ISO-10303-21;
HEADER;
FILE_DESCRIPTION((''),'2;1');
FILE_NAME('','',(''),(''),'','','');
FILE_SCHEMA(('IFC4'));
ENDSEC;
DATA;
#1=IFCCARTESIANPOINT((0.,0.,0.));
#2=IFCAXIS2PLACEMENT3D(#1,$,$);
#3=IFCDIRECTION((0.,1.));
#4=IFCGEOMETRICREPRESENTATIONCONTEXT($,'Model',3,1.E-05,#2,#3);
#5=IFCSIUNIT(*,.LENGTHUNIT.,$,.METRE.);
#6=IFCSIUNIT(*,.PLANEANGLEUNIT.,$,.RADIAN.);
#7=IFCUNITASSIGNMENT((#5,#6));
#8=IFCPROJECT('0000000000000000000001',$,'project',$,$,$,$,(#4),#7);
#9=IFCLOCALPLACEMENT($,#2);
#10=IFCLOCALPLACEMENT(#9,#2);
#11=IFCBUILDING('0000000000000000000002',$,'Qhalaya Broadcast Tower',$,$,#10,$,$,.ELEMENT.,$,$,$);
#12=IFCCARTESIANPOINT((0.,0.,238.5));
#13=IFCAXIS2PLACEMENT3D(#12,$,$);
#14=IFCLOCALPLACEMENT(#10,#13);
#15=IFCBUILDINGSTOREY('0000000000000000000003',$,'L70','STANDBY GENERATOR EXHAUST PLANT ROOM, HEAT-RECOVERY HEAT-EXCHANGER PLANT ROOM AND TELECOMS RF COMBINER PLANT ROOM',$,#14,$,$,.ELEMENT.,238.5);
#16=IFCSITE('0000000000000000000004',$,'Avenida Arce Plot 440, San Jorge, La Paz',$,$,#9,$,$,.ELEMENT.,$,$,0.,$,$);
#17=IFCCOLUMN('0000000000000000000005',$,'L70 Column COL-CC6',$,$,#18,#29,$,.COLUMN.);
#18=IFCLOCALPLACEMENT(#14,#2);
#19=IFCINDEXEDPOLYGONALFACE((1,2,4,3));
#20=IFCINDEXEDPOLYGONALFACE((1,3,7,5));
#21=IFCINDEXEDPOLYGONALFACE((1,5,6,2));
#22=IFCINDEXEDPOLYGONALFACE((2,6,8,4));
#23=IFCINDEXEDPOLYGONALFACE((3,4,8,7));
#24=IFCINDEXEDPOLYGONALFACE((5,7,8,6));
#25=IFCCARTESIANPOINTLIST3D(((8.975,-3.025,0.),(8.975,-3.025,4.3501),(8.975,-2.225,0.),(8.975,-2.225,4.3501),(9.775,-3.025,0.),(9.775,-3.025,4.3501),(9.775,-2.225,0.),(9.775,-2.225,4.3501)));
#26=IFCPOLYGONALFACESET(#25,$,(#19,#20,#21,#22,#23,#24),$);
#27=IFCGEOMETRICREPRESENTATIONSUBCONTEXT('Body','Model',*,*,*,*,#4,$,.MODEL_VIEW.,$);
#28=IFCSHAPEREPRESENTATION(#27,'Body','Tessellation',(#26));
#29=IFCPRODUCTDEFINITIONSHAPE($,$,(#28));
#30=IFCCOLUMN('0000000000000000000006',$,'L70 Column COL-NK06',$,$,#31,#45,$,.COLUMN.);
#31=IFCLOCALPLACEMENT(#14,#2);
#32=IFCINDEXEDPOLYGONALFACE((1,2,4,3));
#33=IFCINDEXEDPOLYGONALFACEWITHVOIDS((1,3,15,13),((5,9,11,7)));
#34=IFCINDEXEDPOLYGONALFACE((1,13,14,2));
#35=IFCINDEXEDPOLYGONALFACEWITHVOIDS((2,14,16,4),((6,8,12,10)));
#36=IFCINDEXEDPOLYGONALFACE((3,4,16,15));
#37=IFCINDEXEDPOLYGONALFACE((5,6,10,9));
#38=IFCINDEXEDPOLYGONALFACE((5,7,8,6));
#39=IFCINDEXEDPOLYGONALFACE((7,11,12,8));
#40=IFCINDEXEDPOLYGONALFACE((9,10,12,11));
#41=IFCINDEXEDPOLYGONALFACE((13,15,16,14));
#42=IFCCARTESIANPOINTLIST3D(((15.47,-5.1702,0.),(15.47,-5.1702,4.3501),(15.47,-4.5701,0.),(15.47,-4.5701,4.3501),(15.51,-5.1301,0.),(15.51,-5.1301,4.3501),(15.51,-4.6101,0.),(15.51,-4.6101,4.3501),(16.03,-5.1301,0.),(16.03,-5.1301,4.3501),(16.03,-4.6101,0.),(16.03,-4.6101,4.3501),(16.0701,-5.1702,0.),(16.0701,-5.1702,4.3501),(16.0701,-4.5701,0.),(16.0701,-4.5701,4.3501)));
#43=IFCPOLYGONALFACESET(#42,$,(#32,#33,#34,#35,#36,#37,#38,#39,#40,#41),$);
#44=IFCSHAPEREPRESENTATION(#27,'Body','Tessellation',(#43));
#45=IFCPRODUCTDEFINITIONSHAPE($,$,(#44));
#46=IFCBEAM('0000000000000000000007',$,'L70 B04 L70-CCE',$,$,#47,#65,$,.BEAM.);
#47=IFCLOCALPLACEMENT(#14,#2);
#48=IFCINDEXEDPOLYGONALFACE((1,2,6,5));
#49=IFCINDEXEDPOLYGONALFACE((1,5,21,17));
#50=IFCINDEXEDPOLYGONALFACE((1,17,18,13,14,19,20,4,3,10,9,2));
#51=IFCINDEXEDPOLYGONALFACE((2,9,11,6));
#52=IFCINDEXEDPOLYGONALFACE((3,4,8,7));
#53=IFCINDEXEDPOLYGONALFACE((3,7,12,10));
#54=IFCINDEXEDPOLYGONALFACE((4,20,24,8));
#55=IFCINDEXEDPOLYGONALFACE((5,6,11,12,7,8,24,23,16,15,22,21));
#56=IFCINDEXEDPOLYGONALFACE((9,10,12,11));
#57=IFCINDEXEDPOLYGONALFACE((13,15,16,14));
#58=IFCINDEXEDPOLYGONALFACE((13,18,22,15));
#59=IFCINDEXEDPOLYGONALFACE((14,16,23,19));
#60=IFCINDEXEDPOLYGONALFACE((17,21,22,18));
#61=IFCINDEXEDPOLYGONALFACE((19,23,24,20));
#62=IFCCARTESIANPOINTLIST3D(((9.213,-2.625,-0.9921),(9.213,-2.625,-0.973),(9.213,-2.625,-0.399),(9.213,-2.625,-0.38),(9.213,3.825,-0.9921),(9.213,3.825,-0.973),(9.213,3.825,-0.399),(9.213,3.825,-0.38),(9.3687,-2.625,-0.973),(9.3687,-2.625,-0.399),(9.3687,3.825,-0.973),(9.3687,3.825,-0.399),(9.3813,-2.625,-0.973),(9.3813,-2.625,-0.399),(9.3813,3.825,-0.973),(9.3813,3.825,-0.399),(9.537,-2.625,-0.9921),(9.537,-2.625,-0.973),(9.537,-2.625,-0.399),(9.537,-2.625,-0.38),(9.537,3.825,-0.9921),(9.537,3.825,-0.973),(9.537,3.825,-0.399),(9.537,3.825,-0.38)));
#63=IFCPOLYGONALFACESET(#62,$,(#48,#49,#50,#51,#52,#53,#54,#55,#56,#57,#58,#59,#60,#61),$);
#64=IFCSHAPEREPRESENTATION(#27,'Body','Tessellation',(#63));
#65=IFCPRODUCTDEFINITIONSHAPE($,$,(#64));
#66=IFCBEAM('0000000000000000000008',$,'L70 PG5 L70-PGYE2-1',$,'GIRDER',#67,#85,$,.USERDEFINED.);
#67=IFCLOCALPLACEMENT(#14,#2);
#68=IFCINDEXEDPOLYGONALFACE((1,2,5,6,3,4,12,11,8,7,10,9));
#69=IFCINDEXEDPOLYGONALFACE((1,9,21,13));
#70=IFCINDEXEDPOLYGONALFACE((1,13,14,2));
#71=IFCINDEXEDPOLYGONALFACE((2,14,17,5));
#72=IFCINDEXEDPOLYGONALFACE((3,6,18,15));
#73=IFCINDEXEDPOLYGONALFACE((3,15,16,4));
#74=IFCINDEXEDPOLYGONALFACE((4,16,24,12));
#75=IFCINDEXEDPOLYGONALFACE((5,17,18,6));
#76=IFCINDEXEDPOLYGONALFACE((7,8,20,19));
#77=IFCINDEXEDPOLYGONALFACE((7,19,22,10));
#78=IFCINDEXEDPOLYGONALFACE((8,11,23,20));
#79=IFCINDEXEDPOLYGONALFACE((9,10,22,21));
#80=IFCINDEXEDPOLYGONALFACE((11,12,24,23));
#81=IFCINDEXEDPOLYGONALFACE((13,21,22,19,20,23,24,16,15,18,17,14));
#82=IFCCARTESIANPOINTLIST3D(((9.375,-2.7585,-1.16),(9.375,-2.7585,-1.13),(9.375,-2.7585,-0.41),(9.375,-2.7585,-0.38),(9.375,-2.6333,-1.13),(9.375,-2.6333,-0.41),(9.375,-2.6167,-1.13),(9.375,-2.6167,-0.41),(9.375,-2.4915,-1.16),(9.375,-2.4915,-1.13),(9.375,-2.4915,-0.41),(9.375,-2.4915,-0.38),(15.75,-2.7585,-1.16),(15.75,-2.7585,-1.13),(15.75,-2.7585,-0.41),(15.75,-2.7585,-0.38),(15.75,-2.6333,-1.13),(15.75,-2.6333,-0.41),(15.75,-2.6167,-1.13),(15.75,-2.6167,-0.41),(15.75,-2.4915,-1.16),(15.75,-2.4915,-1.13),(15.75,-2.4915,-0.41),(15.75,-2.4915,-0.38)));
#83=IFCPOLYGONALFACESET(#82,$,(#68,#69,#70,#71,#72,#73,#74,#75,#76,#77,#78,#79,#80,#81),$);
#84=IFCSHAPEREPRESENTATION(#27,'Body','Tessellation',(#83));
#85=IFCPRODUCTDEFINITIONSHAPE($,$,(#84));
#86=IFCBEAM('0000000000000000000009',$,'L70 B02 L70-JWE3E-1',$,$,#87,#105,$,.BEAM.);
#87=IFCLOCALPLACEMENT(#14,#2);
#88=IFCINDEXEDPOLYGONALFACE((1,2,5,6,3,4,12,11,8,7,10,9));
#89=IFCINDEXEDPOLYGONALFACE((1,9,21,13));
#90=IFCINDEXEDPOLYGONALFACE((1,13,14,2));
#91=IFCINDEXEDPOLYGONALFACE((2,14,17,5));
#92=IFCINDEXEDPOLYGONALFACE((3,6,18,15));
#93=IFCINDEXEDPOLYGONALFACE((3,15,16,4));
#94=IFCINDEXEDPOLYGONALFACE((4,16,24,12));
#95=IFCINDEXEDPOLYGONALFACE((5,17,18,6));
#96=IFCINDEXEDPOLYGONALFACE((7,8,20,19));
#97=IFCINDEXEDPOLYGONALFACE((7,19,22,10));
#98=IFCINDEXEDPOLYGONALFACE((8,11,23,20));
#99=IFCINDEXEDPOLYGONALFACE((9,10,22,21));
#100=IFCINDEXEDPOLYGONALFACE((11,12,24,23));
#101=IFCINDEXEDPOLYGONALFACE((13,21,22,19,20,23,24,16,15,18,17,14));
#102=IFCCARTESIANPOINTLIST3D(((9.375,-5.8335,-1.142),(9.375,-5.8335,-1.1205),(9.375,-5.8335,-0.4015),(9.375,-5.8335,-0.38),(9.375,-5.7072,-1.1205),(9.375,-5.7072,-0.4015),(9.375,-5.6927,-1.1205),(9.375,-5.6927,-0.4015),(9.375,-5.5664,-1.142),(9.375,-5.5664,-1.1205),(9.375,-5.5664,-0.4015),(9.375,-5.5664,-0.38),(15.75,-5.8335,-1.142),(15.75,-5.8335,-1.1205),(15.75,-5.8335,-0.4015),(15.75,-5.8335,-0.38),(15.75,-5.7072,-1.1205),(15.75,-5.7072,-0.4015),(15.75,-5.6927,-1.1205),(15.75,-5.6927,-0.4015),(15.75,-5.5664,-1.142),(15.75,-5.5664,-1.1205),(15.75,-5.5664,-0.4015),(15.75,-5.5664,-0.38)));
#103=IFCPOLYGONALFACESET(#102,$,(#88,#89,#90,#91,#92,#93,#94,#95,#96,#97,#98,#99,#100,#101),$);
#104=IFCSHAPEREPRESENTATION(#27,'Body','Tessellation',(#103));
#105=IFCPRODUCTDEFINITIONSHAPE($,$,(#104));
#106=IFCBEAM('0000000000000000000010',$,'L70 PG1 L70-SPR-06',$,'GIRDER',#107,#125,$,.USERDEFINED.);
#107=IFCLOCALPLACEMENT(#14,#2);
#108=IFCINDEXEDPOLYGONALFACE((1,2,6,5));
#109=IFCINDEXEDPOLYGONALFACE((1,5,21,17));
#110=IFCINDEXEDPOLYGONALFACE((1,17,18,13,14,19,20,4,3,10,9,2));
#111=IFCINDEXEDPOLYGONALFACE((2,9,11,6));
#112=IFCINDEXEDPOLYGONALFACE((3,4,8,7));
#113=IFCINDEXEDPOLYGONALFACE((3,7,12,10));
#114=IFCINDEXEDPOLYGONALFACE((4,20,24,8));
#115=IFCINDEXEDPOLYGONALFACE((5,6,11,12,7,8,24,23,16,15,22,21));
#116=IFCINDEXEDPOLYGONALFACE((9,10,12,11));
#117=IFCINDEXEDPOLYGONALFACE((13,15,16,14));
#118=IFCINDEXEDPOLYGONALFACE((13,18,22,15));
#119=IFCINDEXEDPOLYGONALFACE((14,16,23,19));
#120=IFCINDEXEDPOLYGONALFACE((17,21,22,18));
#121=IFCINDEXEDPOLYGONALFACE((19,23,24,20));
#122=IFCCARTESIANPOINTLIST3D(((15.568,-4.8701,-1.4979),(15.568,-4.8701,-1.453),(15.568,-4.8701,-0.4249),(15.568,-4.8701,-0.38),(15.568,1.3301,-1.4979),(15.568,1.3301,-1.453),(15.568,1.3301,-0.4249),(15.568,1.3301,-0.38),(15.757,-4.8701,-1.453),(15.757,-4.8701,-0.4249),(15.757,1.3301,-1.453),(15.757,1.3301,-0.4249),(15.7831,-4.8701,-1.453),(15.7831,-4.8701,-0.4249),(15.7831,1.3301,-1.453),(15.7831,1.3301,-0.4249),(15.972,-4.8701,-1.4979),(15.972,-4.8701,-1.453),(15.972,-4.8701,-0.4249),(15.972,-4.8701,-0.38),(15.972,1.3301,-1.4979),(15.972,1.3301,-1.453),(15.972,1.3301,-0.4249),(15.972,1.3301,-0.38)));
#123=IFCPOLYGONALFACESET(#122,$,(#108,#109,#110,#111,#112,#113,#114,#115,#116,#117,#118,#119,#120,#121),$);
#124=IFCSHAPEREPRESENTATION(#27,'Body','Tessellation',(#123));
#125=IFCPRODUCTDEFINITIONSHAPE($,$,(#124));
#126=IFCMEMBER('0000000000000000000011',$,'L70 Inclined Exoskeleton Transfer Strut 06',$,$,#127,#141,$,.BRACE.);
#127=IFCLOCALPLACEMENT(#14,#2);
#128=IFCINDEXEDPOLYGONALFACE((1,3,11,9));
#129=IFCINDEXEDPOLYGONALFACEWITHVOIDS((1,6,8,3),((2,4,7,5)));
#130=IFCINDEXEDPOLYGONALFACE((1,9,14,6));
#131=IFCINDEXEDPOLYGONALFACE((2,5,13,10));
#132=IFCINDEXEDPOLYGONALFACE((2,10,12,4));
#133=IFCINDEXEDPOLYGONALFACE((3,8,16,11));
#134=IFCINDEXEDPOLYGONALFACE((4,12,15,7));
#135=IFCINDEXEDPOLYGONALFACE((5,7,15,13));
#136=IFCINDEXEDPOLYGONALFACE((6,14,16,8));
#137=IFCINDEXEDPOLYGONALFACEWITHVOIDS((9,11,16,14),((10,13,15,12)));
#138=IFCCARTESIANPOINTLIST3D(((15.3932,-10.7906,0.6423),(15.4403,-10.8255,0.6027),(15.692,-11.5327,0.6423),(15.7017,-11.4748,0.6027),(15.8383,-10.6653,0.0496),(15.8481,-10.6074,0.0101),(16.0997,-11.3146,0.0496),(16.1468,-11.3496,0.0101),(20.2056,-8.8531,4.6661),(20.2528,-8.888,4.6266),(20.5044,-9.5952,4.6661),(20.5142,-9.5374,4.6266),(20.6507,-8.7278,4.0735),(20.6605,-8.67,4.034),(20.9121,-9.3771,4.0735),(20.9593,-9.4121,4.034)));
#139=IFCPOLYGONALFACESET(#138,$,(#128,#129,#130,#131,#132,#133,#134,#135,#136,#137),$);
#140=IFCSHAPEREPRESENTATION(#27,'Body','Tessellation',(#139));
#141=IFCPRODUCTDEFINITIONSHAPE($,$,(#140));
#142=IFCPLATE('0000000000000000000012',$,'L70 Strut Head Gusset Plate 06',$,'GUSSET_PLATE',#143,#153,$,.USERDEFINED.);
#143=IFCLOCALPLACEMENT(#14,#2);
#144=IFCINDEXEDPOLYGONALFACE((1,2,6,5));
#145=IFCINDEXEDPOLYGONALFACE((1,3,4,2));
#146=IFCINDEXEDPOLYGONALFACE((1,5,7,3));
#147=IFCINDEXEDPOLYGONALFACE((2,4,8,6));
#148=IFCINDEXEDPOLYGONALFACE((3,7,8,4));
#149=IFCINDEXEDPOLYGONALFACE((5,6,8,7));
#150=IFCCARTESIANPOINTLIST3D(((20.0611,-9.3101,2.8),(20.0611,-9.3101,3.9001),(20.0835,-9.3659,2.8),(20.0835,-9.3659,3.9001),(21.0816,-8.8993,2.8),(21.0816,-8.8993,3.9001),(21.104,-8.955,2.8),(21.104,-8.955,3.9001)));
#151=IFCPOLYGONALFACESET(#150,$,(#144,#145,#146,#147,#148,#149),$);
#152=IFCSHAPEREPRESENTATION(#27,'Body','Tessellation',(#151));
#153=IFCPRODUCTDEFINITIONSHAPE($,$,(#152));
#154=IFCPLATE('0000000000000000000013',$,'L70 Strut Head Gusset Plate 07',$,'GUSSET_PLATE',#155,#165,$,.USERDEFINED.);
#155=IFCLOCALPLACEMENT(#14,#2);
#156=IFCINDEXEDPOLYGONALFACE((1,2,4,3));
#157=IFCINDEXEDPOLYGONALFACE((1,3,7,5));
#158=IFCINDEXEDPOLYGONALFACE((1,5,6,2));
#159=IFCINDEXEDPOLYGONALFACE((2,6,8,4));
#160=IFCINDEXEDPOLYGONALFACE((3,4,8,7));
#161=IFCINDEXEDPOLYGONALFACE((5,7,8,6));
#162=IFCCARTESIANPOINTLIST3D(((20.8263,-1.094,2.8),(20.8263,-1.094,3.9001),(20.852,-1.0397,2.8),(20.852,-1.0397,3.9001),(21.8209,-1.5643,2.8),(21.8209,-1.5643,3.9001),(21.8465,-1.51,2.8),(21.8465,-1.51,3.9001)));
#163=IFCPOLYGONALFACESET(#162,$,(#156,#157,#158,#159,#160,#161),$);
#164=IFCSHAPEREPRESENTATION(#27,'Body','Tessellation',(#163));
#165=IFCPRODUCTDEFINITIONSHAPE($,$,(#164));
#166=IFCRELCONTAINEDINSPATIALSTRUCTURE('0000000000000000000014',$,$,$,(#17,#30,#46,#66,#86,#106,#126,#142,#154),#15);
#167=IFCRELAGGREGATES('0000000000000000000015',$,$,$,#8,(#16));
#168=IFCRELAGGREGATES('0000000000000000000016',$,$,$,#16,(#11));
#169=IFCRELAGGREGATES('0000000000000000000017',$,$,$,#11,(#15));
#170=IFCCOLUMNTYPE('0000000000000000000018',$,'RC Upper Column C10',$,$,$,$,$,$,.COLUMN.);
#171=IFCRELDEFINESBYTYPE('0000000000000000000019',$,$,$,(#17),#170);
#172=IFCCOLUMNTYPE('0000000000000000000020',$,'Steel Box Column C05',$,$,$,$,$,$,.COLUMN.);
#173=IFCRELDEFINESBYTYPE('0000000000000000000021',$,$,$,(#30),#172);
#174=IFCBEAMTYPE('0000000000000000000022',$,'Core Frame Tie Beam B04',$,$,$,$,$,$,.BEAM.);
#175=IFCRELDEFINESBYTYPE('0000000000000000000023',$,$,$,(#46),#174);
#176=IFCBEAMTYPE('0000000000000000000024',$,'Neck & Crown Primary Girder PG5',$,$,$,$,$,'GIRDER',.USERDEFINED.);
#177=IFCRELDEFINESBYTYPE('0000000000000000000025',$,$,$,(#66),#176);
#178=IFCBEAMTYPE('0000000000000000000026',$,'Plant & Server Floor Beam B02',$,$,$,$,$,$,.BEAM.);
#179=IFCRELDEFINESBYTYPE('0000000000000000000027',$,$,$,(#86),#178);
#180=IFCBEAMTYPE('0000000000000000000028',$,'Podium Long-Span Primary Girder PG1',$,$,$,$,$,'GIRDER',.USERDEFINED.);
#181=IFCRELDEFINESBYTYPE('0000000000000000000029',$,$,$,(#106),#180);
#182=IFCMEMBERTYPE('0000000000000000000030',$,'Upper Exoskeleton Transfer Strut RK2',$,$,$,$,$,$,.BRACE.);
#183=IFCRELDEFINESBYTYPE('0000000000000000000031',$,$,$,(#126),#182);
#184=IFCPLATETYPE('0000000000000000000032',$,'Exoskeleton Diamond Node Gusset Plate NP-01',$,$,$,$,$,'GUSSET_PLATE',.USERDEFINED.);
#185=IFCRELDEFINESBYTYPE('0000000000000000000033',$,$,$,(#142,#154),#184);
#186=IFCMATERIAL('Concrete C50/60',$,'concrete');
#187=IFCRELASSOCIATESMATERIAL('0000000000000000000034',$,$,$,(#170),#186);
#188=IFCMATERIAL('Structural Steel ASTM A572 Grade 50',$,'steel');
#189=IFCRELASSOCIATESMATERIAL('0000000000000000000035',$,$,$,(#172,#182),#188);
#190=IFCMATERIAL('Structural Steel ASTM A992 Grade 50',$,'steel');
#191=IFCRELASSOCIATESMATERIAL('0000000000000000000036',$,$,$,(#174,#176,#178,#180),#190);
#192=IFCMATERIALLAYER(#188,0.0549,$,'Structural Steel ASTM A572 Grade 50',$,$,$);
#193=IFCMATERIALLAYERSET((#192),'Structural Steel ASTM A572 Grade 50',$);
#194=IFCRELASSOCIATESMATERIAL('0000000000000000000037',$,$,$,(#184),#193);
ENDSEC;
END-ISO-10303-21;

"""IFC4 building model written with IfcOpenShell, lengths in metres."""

from ifc_helpers import new_model, si_unit, direction, frame, origin, origin_2d, place, context, subcontext, project, spatial, rectangle, hollow_rectangle, i_section, extrude, material, layer, layer_set, material_profile, profile_set, type_object, element, save


model = new_model("IFC4")

# Units and contexts
model_context = context("Model", 3, precision=1e-05, world=origin(), true_north=direction((0.0, 1.0)))
body_context = subcontext(model_context, "Body", "Model", "MODEL_VIEW")
ifc_project = project(units=[si_unit("LENGTHUNIT", "METRE"), si_unit("PLANEANGLEUNIT", "RADIAN")], contexts=[model_context])

# Site, building, storey
site_placement = place(None, origin())
site = spatial("IfcSite", under=ifc_project, at=site_placement, Name="Avenida Arce Plot 440, San Jorge, La Paz", CompositionType="ELEMENT", RefElevation=0.0)
building_placement = place(site_placement, origin())
building = spatial("IfcBuilding", under=site, at=building_placement, Name="Qhalaya Broadcast Tower", CompositionType="ELEMENT")
storey_placement = place(building_placement, frame((0.0, 0.0, 238.5)))
storey = spatial("IfcBuildingStorey", under=building, at=storey_placement, Name="L70", Description="STANDBY GENERATOR EXHAUST PLANT ROOM, HEAT-RECOVERY HEAT-EXCHANGER PLANT ROOM AND TELECOMS RF COMBINER PLANT ROOM", CompositionType="ELEMENT", Elevation=238.5)

# Columns
ifc_material_1 = material(Name="Concrete C50/60", Category="concrete")
ifc_material_profile_1 = material_profile(ifc_material_1, rectangle(XDim=0.8, YDim=0.8, at=origin_2d()), Name="RC-COL 800x800")
ifc_profile_set_1 = profile_set([ifc_material_profile_1], Name="Concrete C50/60")
column_type_1 = type_object("IfcColumnType", Name="RC Upper Column C10", PredefinedType="COLUMN", material=ifc_profile_set_1)
column_1_placement = place(storey_placement, frame((9.375, -2.625, 0.0), z_axis=(0.0, 0.0, 1.0), x_axis=(1.0, 0.0, 0.0)))
element("IfcColumn", 1, at=column_1_placement, inside=storey, type_object=column_type_1, Name="L70 Column COL-CC6", PredefinedType="COLUMN", context=body_context, shape_type="SweptSolid", body=[
    extrude(rectangle(XDim=0.8, YDim=0.8, at=origin_2d()), origin(), (0.0, 0.0, 1.0), 4.3501),
])
ifc_material_2 = material(Name="Structural Steel ASTM A572 Grade 50", Category="steel")
ifc_material_profile_2 = material_profile(ifc_material_2, hollow_rectangle(XDim=0.6001, YDim=0.6001, WallThickness=0.04, at=origin_2d()), Name="BOX 600x600x40")
ifc_profile_set_2 = profile_set([ifc_material_profile_2], Name="Structural Steel ASTM A572 Grade 50")
column_type_2 = type_object("IfcColumnType", Name="Steel Box Column C05", PredefinedType="COLUMN", material=ifc_profile_set_2)
column_2_placement = place(storey_placement, frame((15.77, -4.8701, 0.0), z_axis=(0.0, 0.0, 1.0), x_axis=(0.0, 1.0, 0.0)))
element("IfcColumn", 2, at=column_2_placement, inside=storey, type_object=column_type_2, Name="L70 Column COL-NK06", PredefinedType="COLUMN", context=body_context, shape_type="SweptSolid", body=[
    extrude(hollow_rectangle(XDim=0.6001, YDim=0.6001, WallThickness=0.04, at=origin_2d()), origin(), (0.0, 0.0, 1.0), 4.3501),
])

# Beams
ifc_material_3 = material(Name="Structural Steel ASTM A992 Grade 50", Category="steel")
ifc_material_profile_3 = material_profile(ifc_material_3, i_section(OverallWidth=0.324, OverallDepth=0.6121, WebThickness=0.0127, FlangeThickness=0.019, at=origin_2d()), Name="W24X104")
ifc_profile_set_3 = profile_set([ifc_material_profile_3], Name="Structural Steel ASTM A992 Grade 50")
beam_type_1 = type_object("IfcBeamType", Name="Core Frame Tie Beam B04", PredefinedType="BEAM", material=ifc_profile_set_3)
beam_1_placement = place(storey_placement, frame((9.375, -2.625, -0.686), z_axis=(0.0, 1.0, 0.0), x_axis=(-1.0, 0.0, 0.0)))
element("IfcBeam", 3, at=beam_1_placement, inside=storey, type_object=beam_type_1, Name="L70 B04 L70-CCE", PredefinedType="BEAM", context=body_context, shape_type="SweptSolid", body=[
    extrude(i_section(OverallWidth=0.324, OverallDepth=0.6121, WebThickness=0.0127, FlangeThickness=0.019, at=origin_2d()), origin(), (0.0, 0.0, 1.0), 6.45),
])
ifc_material_profile_4 = material_profile(ifc_material_3, i_section(OverallWidth=0.2671, OverallDepth=0.78, WebThickness=0.0166, FlangeThickness=0.03, at=origin_2d()), Name="W30X148")
ifc_profile_set_4 = profile_set([ifc_material_profile_4], Name="Structural Steel ASTM A992 Grade 50")
beam_type_2 = type_object("IfcBeamType", Name="Neck & Crown Primary Girder PG5", ElementType="GIRDER", PredefinedType="USERDEFINED", material=ifc_profile_set_4)
beam_2_placement = place(storey_placement, frame((9.375, -2.625, -0.77), z_axis=(1.0, 0.0, 0.0), x_axis=(0.0, 1.0, 0.0)))
element("IfcBeam", 4, at=beam_2_placement, inside=storey, type_object=beam_type_2, Name="L70 PG5 L70-PGYE2-1", ObjectType="GIRDER", PredefinedType="USERDEFINED", context=body_context, shape_type="SweptSolid", body=[
    extrude(i_section(OverallWidth=0.2671, OverallDepth=0.78, WebThickness=0.0166, FlangeThickness=0.03, at=origin_2d()), origin(), (0.0, 0.0, 1.0), 6.375),
])
ifc_material_profile_5 = material_profile(ifc_material_3, i_section(OverallWidth=0.2671, OverallDepth=0.762, WebThickness=0.0144, FlangeThickness=0.0215, at=origin_2d()), Name="W30X116")
ifc_profile_set_5 = profile_set([ifc_material_profile_5], Name="Structural Steel ASTM A992 Grade 50")
beam_type_3 = type_object("IfcBeamType", Name="Plant & Server Floor Beam B02", PredefinedType="BEAM", material=ifc_profile_set_5)
beam_3_placement = place(storey_placement, frame((9.375, -5.7, -0.761), z_axis=(1.0, 0.0, 0.0), x_axis=(0.0, 1.0, 0.0)))
element("IfcBeam", 5, at=beam_3_placement, inside=storey, type_object=beam_type_3, Name="L70 B02 L70-JWE3E-1", PredefinedType="BEAM", context=body_context, shape_type="SweptSolid", body=[
    extrude(i_section(OverallWidth=0.2671, OverallDepth=0.762, WebThickness=0.0144, FlangeThickness=0.0215, at=origin_2d()), origin(), (0.0, 0.0, 1.0), 6.375),
])
ifc_material_profile_6 = material_profile(ifc_material_3, i_section(OverallWidth=0.4041, OverallDepth=1.1179, WebThickness=0.0261, FlangeThickness=0.0449, at=origin_2d()), Name="W44X335")
ifc_profile_set_6 = profile_set([ifc_material_profile_6], Name="Structural Steel ASTM A992 Grade 50")
beam_type_4 = type_object("IfcBeamType", Name="Podium Long-Span Primary Girder PG1", ElementType="GIRDER", PredefinedType="USERDEFINED", material=ifc_profile_set_6)
beam_4_placement = place(storey_placement, frame((15.77, -4.8701, -0.939), z_axis=(0.0, 1.0, 0.0), x_axis=(-1.0, 0.0, 0.0)))
element("IfcBeam", 6, at=beam_4_placement, inside=storey, type_object=beam_type_4, Name="L70 PG1 L70-SPR-06", ObjectType="GIRDER", PredefinedType="USERDEFINED", context=body_context, shape_type="SweptSolid", body=[
    extrude(i_section(OverallWidth=0.4041, OverallDepth=1.1179, WebThickness=0.0261, FlangeThickness=0.0449, at=origin_2d()), origin(), (0.0, 0.0, 1.0), 6.2002),
])

# Member
ifc_material_profile_7 = material_profile(ifc_material_2, hollow_rectangle(XDim=0.8, YDim=0.8, WallThickness=0.05, at=origin_2d()), Name="BOX 800x800x50")
ifc_profile_set_7 = profile_set([ifc_material_profile_7], Name="Structural Steel ASTM A572 Grade 50")
member_type = type_object("IfcMemberType", Name="Upper Exoskeleton Transfer Strut RK2", PredefinedType="BRACE", material=ifc_profile_set_7)
member_placement = place(storey_placement, frame((15.77, -11.0701, 0.3262), z_axis=(0.732996, 0.295102, 0.612888), x_axis=(-0.373467, 0.927644, 0.0)))
element("IfcMember", 7, at=member_placement, inside=storey, type_object=member_type, Name="L70 Inclined Exoskeleton Transfer Strut 06", PredefinedType="BRACE", context=body_context, shape_type="SweptSolid", body=[
    extrude(hollow_rectangle(XDim=0.8, YDim=0.8, WallThickness=0.05, at=origin_2d()), origin(), (0.0, 0.0, 1.0), 6.5654),
])

# Plates
ifc_layer_1 = layer(ifc_material_2, 0.0549, Name="Structural Steel ASTM A572 Grade 50")
ifc_layer_set_1 = layer_set([ifc_layer_1], Name="Structural Steel ASTM A572 Grade 50")
plate_type_1 = type_object("IfcPlateType", Name="Exoskeleton Diamond Node Gusset Plate NP-01", ElementType="GUSSET_PLATE", PredefinedType="USERDEFINED", material=ifc_layer_set_1)
for number, where, z_axis, x_axis, name in (
    (8, (20.5825, -9.1326, 2.8), (0.0, 0.0, 1.0), (0.927641, 0.373474, 0.0), "L70 Strut Head Gusset Plate 06"),
    (9, (21.3364, -1.302, 2.8), (0.0, 0.0, 1.0), (0.90403, -0.427468, 0.0), "L70 Strut Head Gusset Plate 07"),
):
    element("IfcPlate", number, at=place(storey_placement, frame(where, z_axis=z_axis, x_axis=x_axis)), inside=storey, type_object=plate_type_1, Name=name, ObjectType="GUSSET_PLATE", PredefinedType="USERDEFINED", context=body_context, shape_type="SweptSolid", body=[
        extrude(rectangle(XDim=1.1001, YDim=0.0601, at=origin_2d()), origin(), (0.0, 0.0, 1.0), 1.1001),
    ])

save(model, "model.ifc")
